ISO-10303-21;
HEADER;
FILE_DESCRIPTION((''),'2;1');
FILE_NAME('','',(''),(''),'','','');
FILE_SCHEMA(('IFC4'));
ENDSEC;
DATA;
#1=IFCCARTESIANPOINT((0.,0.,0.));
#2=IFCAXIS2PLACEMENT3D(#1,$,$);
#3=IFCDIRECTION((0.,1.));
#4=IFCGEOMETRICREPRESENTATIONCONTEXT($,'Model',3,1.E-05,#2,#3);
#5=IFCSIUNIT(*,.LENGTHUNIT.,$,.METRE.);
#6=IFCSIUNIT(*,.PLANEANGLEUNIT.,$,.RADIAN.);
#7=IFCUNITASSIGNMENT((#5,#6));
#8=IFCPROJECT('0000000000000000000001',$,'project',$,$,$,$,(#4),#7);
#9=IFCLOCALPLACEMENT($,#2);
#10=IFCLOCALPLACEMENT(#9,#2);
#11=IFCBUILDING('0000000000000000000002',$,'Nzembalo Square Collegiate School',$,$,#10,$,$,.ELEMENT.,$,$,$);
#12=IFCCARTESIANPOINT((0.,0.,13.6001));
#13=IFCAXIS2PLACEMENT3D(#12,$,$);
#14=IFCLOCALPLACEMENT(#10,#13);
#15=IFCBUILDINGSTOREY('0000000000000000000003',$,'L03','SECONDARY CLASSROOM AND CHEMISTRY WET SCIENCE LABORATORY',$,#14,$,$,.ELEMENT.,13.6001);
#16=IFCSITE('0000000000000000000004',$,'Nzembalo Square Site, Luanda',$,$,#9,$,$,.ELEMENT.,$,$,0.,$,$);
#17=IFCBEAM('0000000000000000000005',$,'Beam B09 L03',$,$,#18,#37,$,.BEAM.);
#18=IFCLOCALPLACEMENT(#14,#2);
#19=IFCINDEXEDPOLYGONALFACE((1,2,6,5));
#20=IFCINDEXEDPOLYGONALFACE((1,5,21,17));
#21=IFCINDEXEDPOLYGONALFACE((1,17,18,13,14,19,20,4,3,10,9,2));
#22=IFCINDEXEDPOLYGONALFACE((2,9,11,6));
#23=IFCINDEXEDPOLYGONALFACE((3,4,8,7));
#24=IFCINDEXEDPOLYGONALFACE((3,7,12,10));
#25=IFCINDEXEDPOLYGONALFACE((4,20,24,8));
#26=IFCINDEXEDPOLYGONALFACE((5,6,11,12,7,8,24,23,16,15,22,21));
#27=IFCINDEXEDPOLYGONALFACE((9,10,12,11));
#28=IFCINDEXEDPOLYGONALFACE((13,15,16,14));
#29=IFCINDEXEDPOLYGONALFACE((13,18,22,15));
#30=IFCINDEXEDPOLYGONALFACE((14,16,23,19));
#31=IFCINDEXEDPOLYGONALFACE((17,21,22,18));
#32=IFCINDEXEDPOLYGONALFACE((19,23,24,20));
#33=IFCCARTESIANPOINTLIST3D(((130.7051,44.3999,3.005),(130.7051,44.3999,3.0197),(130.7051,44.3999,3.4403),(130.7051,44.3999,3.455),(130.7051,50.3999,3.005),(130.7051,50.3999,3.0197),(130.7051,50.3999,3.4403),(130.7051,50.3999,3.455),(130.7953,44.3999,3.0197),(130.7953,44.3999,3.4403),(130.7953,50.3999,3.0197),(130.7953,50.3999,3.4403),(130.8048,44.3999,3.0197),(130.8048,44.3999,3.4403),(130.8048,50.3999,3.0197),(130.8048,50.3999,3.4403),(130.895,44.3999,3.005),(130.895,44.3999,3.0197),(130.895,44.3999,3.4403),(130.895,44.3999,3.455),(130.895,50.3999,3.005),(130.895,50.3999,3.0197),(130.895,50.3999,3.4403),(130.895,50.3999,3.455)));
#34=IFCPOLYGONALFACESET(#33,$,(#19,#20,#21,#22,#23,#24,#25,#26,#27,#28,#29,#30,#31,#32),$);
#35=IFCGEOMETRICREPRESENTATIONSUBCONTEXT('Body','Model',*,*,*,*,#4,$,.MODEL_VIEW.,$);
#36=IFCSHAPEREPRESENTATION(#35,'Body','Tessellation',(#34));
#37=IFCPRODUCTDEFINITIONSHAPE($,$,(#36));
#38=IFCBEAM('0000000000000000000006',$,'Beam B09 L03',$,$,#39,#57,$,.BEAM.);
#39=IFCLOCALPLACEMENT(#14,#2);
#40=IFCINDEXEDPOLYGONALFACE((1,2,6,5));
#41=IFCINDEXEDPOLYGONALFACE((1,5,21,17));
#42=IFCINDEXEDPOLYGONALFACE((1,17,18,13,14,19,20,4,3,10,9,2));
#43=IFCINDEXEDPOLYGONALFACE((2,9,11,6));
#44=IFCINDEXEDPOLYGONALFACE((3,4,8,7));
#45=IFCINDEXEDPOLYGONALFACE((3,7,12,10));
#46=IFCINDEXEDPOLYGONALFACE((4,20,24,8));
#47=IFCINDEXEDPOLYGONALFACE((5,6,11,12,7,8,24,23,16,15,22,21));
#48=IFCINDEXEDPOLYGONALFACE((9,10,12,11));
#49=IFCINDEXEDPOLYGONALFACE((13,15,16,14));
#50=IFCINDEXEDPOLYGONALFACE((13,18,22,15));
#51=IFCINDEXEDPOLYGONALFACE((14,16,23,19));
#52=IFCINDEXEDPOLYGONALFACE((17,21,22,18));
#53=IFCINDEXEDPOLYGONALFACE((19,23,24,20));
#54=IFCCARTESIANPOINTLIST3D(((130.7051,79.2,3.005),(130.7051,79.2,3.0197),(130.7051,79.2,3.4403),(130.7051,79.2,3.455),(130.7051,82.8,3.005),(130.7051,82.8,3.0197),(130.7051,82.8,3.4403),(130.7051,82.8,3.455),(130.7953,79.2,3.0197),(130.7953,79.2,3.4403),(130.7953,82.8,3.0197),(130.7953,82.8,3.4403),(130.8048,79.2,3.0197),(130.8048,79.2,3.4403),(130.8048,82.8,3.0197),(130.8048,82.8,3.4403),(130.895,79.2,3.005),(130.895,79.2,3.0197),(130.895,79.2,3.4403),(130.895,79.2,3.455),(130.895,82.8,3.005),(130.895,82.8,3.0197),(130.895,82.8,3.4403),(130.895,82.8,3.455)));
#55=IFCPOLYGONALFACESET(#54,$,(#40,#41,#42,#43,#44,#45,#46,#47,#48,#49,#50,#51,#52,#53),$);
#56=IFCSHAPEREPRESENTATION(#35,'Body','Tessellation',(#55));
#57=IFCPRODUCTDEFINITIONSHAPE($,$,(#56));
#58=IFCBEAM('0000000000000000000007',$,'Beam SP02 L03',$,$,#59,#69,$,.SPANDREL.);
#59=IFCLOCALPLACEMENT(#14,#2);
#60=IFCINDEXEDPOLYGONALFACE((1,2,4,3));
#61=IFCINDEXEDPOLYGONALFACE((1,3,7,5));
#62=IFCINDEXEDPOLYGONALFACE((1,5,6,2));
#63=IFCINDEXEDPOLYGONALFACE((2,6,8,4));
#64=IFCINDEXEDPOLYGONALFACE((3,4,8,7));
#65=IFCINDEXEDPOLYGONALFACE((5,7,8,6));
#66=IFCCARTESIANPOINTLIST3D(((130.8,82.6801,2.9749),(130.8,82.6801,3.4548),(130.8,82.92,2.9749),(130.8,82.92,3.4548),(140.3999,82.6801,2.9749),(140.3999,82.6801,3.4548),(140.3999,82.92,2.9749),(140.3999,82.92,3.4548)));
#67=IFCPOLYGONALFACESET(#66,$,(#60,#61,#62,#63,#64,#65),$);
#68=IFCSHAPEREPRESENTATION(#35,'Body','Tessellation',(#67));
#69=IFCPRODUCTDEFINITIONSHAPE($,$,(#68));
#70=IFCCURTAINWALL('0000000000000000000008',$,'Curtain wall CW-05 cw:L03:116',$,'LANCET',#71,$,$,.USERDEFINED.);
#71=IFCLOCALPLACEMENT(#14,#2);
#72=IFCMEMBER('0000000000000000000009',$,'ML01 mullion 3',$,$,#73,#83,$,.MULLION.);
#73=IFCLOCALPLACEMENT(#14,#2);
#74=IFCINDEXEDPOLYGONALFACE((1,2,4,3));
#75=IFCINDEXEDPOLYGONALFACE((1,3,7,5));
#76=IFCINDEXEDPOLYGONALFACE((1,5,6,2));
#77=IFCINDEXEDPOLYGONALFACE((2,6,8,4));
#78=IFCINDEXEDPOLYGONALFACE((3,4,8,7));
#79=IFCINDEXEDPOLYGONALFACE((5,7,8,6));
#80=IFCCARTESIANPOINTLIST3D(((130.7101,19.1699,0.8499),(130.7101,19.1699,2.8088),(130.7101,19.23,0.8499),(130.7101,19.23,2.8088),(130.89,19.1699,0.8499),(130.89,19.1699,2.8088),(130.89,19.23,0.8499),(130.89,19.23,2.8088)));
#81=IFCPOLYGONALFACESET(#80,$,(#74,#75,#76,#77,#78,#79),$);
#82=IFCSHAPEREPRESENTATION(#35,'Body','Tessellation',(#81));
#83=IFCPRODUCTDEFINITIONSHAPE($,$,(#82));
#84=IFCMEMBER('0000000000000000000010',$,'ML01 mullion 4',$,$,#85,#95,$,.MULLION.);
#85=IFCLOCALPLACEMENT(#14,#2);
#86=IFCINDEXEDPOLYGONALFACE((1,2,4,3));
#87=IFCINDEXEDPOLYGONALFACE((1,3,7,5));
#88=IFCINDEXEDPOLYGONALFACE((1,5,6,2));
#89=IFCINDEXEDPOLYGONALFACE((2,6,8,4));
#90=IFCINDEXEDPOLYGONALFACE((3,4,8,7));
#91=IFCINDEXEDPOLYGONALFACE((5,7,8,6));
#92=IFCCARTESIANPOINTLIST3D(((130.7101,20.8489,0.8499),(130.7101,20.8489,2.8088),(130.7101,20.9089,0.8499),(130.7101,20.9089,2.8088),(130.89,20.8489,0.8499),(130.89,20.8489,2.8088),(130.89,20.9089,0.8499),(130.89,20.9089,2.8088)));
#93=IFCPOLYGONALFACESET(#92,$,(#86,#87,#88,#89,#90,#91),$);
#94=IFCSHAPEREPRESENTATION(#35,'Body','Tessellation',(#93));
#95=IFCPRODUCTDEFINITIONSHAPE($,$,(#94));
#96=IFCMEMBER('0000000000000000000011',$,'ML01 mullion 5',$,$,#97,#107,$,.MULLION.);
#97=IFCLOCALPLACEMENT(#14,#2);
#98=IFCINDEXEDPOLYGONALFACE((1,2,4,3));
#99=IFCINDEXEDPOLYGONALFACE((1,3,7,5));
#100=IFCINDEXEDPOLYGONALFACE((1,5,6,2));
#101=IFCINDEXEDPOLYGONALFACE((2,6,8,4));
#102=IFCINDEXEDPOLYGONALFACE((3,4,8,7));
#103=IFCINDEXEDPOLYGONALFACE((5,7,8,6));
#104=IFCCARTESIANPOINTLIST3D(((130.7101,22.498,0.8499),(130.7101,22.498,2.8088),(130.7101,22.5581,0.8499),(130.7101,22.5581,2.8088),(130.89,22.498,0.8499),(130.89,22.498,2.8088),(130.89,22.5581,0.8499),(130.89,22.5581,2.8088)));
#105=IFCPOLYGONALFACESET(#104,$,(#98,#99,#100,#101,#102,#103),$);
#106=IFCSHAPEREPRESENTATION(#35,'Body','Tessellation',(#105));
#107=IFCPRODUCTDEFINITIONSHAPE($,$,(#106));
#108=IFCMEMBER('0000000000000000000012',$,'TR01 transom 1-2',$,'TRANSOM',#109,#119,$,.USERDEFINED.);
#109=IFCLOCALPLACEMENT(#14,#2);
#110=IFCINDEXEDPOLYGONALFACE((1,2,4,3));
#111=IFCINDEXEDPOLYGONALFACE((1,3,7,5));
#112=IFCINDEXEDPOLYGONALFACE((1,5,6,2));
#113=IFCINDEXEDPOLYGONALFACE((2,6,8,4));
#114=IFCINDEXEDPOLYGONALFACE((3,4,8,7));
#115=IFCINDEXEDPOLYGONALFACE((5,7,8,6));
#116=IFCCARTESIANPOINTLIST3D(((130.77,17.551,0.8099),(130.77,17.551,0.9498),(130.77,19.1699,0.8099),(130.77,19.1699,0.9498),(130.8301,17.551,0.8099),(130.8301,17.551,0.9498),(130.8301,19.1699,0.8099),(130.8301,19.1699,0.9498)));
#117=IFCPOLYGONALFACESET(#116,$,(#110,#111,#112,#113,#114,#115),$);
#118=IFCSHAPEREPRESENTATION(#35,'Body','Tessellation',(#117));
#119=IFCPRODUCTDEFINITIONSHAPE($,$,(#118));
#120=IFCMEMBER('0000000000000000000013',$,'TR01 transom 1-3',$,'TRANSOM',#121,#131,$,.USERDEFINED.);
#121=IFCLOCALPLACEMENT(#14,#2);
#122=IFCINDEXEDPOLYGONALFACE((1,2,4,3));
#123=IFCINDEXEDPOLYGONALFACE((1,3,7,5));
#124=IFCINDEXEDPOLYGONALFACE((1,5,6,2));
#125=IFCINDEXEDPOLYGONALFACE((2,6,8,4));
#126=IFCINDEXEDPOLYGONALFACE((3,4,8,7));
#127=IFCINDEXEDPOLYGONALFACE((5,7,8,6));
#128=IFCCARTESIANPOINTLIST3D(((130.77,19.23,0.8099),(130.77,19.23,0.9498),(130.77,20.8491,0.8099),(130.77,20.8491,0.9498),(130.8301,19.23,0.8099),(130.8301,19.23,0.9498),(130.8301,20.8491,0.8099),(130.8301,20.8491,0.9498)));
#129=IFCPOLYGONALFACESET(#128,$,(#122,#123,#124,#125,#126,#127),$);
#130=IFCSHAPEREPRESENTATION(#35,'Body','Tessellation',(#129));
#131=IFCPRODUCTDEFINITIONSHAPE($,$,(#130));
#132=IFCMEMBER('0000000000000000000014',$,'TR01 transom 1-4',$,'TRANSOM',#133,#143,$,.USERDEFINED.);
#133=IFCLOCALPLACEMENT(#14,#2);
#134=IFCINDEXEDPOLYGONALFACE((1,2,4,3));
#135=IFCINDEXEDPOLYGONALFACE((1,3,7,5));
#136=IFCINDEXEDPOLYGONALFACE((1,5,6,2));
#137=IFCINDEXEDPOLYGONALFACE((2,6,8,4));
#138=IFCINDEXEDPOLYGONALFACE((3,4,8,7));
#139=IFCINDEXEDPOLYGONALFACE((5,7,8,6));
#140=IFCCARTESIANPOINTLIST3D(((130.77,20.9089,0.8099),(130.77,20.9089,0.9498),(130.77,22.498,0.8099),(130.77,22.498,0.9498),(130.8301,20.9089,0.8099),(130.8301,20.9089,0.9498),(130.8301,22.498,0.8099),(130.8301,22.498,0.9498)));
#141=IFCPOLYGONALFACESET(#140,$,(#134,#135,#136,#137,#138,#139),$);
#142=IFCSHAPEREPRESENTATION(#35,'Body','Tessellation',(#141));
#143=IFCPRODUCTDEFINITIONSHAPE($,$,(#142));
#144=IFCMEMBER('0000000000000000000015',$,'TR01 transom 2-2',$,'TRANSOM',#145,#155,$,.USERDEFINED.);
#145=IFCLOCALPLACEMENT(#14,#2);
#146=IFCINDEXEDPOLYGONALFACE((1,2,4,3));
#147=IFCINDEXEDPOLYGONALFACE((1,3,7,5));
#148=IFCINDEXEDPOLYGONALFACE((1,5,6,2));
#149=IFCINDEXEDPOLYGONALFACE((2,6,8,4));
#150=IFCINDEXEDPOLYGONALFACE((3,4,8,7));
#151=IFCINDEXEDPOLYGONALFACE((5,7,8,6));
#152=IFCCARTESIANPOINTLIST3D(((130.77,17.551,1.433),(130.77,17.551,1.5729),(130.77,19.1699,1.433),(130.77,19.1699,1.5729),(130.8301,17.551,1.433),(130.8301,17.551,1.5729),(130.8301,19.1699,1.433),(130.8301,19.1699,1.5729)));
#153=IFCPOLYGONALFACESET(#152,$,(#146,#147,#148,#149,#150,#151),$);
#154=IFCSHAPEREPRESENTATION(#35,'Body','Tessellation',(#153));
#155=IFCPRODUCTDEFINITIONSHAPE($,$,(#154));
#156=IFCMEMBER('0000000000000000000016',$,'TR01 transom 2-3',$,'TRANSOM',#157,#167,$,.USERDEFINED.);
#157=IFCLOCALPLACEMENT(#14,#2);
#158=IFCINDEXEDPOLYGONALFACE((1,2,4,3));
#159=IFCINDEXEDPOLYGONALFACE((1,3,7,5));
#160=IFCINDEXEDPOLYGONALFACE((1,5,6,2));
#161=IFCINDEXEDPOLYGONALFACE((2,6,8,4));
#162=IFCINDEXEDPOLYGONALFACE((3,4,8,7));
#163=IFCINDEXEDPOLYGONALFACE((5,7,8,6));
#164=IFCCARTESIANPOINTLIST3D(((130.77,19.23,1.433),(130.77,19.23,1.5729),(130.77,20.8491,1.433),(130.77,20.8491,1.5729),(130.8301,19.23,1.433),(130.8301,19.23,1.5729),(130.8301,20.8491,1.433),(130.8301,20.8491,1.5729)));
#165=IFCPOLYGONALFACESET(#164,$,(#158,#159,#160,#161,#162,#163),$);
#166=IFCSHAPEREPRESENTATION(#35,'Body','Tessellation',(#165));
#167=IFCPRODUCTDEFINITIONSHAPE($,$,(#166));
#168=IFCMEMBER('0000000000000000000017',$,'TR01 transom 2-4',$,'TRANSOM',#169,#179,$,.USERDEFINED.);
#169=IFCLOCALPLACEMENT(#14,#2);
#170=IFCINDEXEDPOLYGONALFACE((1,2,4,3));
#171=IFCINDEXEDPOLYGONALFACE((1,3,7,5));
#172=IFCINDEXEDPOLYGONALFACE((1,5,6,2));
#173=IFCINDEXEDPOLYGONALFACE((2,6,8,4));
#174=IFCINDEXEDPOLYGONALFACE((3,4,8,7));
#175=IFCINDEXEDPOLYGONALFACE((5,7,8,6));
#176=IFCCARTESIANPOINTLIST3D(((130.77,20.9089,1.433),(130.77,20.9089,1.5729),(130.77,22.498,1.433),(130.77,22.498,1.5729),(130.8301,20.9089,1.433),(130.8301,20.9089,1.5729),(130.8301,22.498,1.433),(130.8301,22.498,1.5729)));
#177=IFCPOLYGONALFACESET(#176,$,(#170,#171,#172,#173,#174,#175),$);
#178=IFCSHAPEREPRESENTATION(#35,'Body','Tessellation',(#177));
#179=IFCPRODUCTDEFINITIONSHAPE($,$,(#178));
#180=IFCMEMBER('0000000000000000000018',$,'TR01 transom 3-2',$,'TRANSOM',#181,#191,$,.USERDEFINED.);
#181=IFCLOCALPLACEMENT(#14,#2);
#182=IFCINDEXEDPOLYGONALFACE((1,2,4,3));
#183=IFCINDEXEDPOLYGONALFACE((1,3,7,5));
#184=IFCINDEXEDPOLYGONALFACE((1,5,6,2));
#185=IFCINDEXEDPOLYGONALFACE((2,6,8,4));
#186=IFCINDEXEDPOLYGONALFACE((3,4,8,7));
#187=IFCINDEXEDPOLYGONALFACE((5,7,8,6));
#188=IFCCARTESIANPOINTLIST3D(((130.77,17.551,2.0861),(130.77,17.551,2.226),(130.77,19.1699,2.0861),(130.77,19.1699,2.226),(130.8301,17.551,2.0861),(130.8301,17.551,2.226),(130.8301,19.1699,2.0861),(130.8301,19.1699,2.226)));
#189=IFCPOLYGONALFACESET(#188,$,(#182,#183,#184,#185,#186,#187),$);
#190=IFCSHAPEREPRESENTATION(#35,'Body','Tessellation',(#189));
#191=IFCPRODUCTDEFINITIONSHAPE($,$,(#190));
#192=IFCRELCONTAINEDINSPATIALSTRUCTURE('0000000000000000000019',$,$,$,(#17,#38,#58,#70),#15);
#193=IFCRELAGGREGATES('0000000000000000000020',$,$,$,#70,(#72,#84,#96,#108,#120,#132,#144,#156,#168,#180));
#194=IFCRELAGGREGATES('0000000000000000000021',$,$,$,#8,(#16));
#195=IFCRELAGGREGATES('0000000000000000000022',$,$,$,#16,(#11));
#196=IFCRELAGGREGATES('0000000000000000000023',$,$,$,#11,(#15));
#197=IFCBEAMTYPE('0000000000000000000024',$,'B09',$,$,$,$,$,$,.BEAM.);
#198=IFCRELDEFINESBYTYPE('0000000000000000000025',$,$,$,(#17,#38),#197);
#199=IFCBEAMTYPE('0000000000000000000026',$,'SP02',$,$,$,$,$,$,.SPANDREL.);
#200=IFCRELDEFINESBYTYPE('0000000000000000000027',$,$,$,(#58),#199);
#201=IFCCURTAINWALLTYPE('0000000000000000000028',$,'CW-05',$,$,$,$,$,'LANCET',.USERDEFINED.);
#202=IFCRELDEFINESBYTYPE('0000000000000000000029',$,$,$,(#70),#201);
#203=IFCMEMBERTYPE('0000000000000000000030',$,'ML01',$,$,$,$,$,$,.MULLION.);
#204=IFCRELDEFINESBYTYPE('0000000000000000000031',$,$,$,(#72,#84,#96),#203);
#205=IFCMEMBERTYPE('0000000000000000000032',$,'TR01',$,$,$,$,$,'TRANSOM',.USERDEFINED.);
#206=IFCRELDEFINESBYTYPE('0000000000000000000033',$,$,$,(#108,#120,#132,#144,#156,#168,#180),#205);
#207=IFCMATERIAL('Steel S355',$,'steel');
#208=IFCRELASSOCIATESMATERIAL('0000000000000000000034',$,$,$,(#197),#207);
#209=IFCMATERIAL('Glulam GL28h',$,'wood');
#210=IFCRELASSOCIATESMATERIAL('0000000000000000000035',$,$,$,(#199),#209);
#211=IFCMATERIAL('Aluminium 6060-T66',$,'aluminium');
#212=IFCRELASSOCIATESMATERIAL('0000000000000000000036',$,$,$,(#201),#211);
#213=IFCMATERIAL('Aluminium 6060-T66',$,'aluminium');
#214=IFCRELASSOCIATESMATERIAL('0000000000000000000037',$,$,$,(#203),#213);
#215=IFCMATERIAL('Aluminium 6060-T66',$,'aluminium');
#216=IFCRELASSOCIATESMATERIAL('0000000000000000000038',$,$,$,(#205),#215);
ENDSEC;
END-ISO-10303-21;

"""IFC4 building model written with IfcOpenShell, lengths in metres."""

from ifc_helpers import new_model, si_unit, direction, frame, origin, origin_2d, place, context, subcontext, project, spatial, rectangle, i_section, extrude, material, material_profile, profile_set, type_object, element, aggregate, save


model = new_model("IFC4")

# Units and contexts
model_context = context("Model", 3, precision=1e-05, world=origin(), true_north=direction((0.0, 1.0)))
body_context = subcontext(model_context, "Body", "Model", "MODEL_VIEW")
ifc_project = project(units=[si_unit("LENGTHUNIT", "METRE"), si_unit("PLANEANGLEUNIT", "RADIAN")], contexts=[model_context])

# Site, building, storey
site_placement = place(None, origin())
site = spatial("IfcSite", under=ifc_project, at=site_placement, Name="Nzembalo Square Site, Luanda", CompositionType="ELEMENT", RefElevation=0.0)
building_placement = place(site_placement, origin())
building = spatial("IfcBuilding", under=site, at=building_placement, Name="Nzembalo Square Collegiate School", CompositionType="ELEMENT")
storey_placement = place(building_placement, frame((0.0, 0.0, 13.6001)))
storey = spatial("IfcBuildingStorey", under=building, at=storey_placement, Name="L03", Description="SECONDARY CLASSROOM AND CHEMISTRY WET SCIENCE LABORATORY", CompositionType="ELEMENT", Elevation=13.6001)

# Beams
ifc_material_1 = material(Name="Steel S355", Category="steel")
ifc_material_profile_1 = material_profile(ifc_material_1, i_section(OverallWidth=0.1899, OverallDepth=0.45, WebThickness=0.0095, FlangeThickness=0.0146, at=origin_2d()), Name="IPE 450")
ifc_profile_set_1 = profile_set([ifc_material_profile_1], Name="Steel S355")
beam_type_1 = type_object("IfcBeamType", Name="B09", PredefinedType="BEAM", material=ifc_profile_set_1)
beam_1_placement = place(storey_placement, frame((130.8, 44.3999, 3.23), z_axis=(0.0, 1.0, 0.0), x_axis=(-1.0, 0.0, 0.0)))
element("IfcBeam", 1, at=beam_1_placement, inside=storey, type_object=beam_type_1, Name="Beam B09 L03", PredefinedType="BEAM", context=body_context, shape_type="SweptSolid", body=[
    extrude(i_section(OverallWidth=0.1899, OverallDepth=0.45, WebThickness=0.0095, FlangeThickness=0.0146, at=origin_2d()), origin(), (0.0, 0.0, 1.0), 6.0),
])
beam_2_placement = place(storey_placement, frame((130.8, 79.2, 3.23), z_axis=(0.0, 1.0, 0.0), x_axis=(-1.0, 0.0, 0.0)))
element("IfcBeam", 2, at=beam_2_placement, inside=storey, type_object=beam_type_1, Name="Beam B09 L03", PredefinedType="BEAM", context=body_context, shape_type="SweptSolid", body=[
    extrude(i_section(OverallWidth=0.1899, OverallDepth=0.45, WebThickness=0.0095, FlangeThickness=0.0146, at=origin_2d()), origin(), (0.0, 0.0, 1.0), 3.6001),
])
ifc_material_2 = material(Name="Glulam GL28h", Category="wood")
ifc_material_profile_2 = material_profile(ifc_material_2, rectangle(XDim=0.24, YDim=0.48, at=origin_2d()), Name="GL28h 240x480")
ifc_profile_set_2 = profile_set([ifc_material_profile_2], Name="Glulam GL28h")
beam_type_2 = type_object("IfcBeamType", Name="SP02", PredefinedType="SPANDREL", material=ifc_profile_set_2)
beam_3_placement = place(storey_placement, frame((130.8, 82.8, 3.2148), z_axis=(1.0, 0.0, 0.0), x_axis=(0.0, 1.0, 0.0)))
element("IfcBeam", 3, at=beam_3_placement, inside=storey, type_object=beam_type_2, Name="Beam SP02 L03", PredefinedType="SPANDREL", context=body_context, shape_type="SweptSolid", body=[
    extrude(rectangle(XDim=0.24, YDim=0.48, at=origin_2d()), origin(), (0.0, 0.0, 1.0), 9.5999),
])

# Curtain wall, members
ifc_material_3 = material(Name="Aluminium 6060-T66", Category="aluminium")
curtain_wall_type = type_object("IfcCurtainWallType", Name="CW-05", ElementType="LANCET", PredefinedType="USERDEFINED", material=ifc_material_3)
curtain_wall_placement = place(storey_placement, origin())
curtain_wall = element("IfcCurtainWall", 4, at=curtain_wall_placement, inside=storey, type_object=curtain_wall_type, Name="Curtain wall CW-05 cw:L03:116", ObjectType="LANCET", PredefinedType="USERDEFINED")
ifc_material_4 = material(Name="Aluminium 6060-T66", Category="aluminium")
ifc_material_profile_3 = material_profile(ifc_material_4, rectangle(XDim=0.0601, YDim=0.1799, at=origin_2d()), Name="ALU M60x180")
ifc_profile_set_3 = profile_set([ifc_material_profile_3], Name="Aluminium 6060-T66")
member_type_1 = type_object("IfcMemberType", Name="ML01", PredefinedType="MULLION", material=ifc_profile_set_3)
member_1_placement = place(storey_placement, frame((130.8, 19.2, 0.8499), z_axis=(0.0, 0.0, 1.0), x_axis=(0.0, 1.0, 0.0)))
member_1 = element("IfcMember", 5, at=member_1_placement, type_object=member_type_1, Name="ML01 mullion 3", PredefinedType="MULLION", context=body_context, shape_type="SweptSolid", body=[
    extrude(rectangle(XDim=0.0601, YDim=0.1799, at=origin_2d()), origin(), (0.0, 0.0, 1.0), 1.959),
])
member_2_placement = place(storey_placement, frame((130.8, 20.8789, 0.8499), z_axis=(0.0, 0.0, 1.0), x_axis=(0.0, 1.0, 0.0)))
member_2 = element("IfcMember", 6, at=member_2_placement, type_object=member_type_1, Name="ML01 mullion 4", PredefinedType="MULLION", context=body_context, shape_type="SweptSolid", body=[
    extrude(rectangle(XDim=0.0601, YDim=0.1799, at=origin_2d()), origin(), (0.0, 0.0, 1.0), 1.959),
])
member_3_placement = place(storey_placement, frame((130.8, 22.5281, 0.8499), z_axis=(0.0, 0.0, 1.0), x_axis=(0.0, 1.0, 0.0)))
member_3 = element("IfcMember", 7, at=member_3_placement, type_object=member_type_1, Name="ML01 mullion 5", PredefinedType="MULLION", context=body_context, shape_type="SweptSolid", body=[
    extrude(rectangle(XDim=0.0601, YDim=0.1799, at=origin_2d()), origin(), (0.0, 0.0, 1.0), 1.959),
])
ifc_material_5 = material(Name="Aluminium 6060-T66", Category="aluminium")
ifc_material_profile_4 = material_profile(ifc_material_5, rectangle(XDim=0.0601, YDim=0.1399, at=origin_2d()), Name="ALU T60x140")
ifc_profile_set_4 = profile_set([ifc_material_profile_4], Name="Aluminium 6060-T66")
member_type_2 = type_object("IfcMemberType", Name="TR01", ElementType="TRANSOM", PredefinedType="USERDEFINED", material=ifc_profile_set_4)
member_4_placement = place(storey_placement, frame((130.8, 17.551, 0.8799), z_axis=(0.0, 1.0, 0.0), x_axis=(-1.0, 0.0, 0.0)))
member_4 = element("IfcMember", 8, at=member_4_placement, type_object=member_type_2, Name="TR01 transom 1-2", ObjectType="TRANSOM", PredefinedType="USERDEFINED", context=body_context, shape_type="SweptSolid", body=[
    extrude(rectangle(XDim=0.0601, YDim=0.1399, at=origin_2d()), origin(), (0.0, 0.0, 1.0), 1.6189),
])
member_5_placement = place(storey_placement, frame((130.8, 19.23, 0.8799), z_axis=(0.0, 1.0, 0.0), x_axis=(-1.0, 0.0, 0.0)))
member_5 = element("IfcMember", 9, at=member_5_placement, type_object=member_type_2, Name="TR01 transom 1-3", ObjectType="TRANSOM", PredefinedType="USERDEFINED", context=body_context, shape_type="SweptSolid", body=[
    extrude(rectangle(XDim=0.0601, YDim=0.1399, at=origin_2d()), origin(), (0.0, 0.0, 1.0), 1.6191),
])
member_6_placement = place(storey_placement, frame((130.8, 20.9089, 0.8799), z_axis=(0.0, 1.0, 0.0), x_axis=(-1.0, 0.0, 0.0)))
member_6 = element("IfcMember", 10, at=member_6_placement, type_object=member_type_2, Name="TR01 transom 1-4", ObjectType="TRANSOM", PredefinedType="USERDEFINED", context=body_context, shape_type="SweptSolid", body=[
    extrude(rectangle(XDim=0.0601, YDim=0.1399, at=origin_2d()), origin(), (0.0, 0.0, 1.0), 1.5891),
])
member_7_placement = place(storey_placement, frame((130.8, 17.551, 1.5029), z_axis=(0.0, 1.0, 0.0), x_axis=(-1.0, 0.0, 0.0)))
member_7 = element("IfcMember", 11, at=member_7_placement, type_object=member_type_2, Name="TR01 transom 2-2", ObjectType="TRANSOM", PredefinedType="USERDEFINED", context=body_context, shape_type="SweptSolid", body=[
    extrude(rectangle(XDim=0.0601, YDim=0.1399, at=origin_2d()), origin(), (0.0, 0.0, 1.0), 1.6189),
])
member_8_placement = place(storey_placement, frame((130.8, 19.23, 1.5029), z_axis=(0.0, 1.0, 0.0), x_axis=(-1.0, 0.0, 0.0)))
member_8 = element("IfcMember", 12, at=member_8_placement, type_object=member_type_2, Name="TR01 transom 2-3", ObjectType="TRANSOM", PredefinedType="USERDEFINED", context=body_context, shape_type="SweptSolid", body=[
    extrude(rectangle(XDim=0.0601, YDim=0.1399, at=origin_2d()), origin(), (0.0, 0.0, 1.0), 1.6191),
])
member_9_placement = place(storey_placement, frame((130.8, 20.9089, 1.5029), z_axis=(0.0, 1.0, 0.0), x_axis=(-1.0, 0.0, 0.0)))
member_9 = element("IfcMember", 13, at=member_9_placement, type_object=member_type_2, Name="TR01 transom 2-4", ObjectType="TRANSOM", PredefinedType="USERDEFINED", context=body_context, shape_type="SweptSolid", body=[
    extrude(rectangle(XDim=0.0601, YDim=0.1399, at=origin_2d()), origin(), (0.0, 0.0, 1.0), 1.5891),
])
member_10_placement = place(storey_placement, frame((130.8, 17.551, 2.156), z_axis=(0.0, 1.0, 0.0), x_axis=(-1.0, 0.0, 0.0)))
member_10 = element("IfcMember", 14, at=member_10_placement, type_object=member_type_2, Name="TR01 transom 3-2", ObjectType="TRANSOM", PredefinedType="USERDEFINED", context=body_context, shape_type="SweptSolid", body=[
    extrude(rectangle(XDim=0.0601, YDim=0.1399, at=origin_2d()), origin(), (0.0, 0.0, 1.0), 1.6189),
])
aggregate(curtain_wall, [member_1, member_2, member_3, member_4, member_5, member_6, member_7, member_8, member_9, member_10])

save(model, "model.ifc")
